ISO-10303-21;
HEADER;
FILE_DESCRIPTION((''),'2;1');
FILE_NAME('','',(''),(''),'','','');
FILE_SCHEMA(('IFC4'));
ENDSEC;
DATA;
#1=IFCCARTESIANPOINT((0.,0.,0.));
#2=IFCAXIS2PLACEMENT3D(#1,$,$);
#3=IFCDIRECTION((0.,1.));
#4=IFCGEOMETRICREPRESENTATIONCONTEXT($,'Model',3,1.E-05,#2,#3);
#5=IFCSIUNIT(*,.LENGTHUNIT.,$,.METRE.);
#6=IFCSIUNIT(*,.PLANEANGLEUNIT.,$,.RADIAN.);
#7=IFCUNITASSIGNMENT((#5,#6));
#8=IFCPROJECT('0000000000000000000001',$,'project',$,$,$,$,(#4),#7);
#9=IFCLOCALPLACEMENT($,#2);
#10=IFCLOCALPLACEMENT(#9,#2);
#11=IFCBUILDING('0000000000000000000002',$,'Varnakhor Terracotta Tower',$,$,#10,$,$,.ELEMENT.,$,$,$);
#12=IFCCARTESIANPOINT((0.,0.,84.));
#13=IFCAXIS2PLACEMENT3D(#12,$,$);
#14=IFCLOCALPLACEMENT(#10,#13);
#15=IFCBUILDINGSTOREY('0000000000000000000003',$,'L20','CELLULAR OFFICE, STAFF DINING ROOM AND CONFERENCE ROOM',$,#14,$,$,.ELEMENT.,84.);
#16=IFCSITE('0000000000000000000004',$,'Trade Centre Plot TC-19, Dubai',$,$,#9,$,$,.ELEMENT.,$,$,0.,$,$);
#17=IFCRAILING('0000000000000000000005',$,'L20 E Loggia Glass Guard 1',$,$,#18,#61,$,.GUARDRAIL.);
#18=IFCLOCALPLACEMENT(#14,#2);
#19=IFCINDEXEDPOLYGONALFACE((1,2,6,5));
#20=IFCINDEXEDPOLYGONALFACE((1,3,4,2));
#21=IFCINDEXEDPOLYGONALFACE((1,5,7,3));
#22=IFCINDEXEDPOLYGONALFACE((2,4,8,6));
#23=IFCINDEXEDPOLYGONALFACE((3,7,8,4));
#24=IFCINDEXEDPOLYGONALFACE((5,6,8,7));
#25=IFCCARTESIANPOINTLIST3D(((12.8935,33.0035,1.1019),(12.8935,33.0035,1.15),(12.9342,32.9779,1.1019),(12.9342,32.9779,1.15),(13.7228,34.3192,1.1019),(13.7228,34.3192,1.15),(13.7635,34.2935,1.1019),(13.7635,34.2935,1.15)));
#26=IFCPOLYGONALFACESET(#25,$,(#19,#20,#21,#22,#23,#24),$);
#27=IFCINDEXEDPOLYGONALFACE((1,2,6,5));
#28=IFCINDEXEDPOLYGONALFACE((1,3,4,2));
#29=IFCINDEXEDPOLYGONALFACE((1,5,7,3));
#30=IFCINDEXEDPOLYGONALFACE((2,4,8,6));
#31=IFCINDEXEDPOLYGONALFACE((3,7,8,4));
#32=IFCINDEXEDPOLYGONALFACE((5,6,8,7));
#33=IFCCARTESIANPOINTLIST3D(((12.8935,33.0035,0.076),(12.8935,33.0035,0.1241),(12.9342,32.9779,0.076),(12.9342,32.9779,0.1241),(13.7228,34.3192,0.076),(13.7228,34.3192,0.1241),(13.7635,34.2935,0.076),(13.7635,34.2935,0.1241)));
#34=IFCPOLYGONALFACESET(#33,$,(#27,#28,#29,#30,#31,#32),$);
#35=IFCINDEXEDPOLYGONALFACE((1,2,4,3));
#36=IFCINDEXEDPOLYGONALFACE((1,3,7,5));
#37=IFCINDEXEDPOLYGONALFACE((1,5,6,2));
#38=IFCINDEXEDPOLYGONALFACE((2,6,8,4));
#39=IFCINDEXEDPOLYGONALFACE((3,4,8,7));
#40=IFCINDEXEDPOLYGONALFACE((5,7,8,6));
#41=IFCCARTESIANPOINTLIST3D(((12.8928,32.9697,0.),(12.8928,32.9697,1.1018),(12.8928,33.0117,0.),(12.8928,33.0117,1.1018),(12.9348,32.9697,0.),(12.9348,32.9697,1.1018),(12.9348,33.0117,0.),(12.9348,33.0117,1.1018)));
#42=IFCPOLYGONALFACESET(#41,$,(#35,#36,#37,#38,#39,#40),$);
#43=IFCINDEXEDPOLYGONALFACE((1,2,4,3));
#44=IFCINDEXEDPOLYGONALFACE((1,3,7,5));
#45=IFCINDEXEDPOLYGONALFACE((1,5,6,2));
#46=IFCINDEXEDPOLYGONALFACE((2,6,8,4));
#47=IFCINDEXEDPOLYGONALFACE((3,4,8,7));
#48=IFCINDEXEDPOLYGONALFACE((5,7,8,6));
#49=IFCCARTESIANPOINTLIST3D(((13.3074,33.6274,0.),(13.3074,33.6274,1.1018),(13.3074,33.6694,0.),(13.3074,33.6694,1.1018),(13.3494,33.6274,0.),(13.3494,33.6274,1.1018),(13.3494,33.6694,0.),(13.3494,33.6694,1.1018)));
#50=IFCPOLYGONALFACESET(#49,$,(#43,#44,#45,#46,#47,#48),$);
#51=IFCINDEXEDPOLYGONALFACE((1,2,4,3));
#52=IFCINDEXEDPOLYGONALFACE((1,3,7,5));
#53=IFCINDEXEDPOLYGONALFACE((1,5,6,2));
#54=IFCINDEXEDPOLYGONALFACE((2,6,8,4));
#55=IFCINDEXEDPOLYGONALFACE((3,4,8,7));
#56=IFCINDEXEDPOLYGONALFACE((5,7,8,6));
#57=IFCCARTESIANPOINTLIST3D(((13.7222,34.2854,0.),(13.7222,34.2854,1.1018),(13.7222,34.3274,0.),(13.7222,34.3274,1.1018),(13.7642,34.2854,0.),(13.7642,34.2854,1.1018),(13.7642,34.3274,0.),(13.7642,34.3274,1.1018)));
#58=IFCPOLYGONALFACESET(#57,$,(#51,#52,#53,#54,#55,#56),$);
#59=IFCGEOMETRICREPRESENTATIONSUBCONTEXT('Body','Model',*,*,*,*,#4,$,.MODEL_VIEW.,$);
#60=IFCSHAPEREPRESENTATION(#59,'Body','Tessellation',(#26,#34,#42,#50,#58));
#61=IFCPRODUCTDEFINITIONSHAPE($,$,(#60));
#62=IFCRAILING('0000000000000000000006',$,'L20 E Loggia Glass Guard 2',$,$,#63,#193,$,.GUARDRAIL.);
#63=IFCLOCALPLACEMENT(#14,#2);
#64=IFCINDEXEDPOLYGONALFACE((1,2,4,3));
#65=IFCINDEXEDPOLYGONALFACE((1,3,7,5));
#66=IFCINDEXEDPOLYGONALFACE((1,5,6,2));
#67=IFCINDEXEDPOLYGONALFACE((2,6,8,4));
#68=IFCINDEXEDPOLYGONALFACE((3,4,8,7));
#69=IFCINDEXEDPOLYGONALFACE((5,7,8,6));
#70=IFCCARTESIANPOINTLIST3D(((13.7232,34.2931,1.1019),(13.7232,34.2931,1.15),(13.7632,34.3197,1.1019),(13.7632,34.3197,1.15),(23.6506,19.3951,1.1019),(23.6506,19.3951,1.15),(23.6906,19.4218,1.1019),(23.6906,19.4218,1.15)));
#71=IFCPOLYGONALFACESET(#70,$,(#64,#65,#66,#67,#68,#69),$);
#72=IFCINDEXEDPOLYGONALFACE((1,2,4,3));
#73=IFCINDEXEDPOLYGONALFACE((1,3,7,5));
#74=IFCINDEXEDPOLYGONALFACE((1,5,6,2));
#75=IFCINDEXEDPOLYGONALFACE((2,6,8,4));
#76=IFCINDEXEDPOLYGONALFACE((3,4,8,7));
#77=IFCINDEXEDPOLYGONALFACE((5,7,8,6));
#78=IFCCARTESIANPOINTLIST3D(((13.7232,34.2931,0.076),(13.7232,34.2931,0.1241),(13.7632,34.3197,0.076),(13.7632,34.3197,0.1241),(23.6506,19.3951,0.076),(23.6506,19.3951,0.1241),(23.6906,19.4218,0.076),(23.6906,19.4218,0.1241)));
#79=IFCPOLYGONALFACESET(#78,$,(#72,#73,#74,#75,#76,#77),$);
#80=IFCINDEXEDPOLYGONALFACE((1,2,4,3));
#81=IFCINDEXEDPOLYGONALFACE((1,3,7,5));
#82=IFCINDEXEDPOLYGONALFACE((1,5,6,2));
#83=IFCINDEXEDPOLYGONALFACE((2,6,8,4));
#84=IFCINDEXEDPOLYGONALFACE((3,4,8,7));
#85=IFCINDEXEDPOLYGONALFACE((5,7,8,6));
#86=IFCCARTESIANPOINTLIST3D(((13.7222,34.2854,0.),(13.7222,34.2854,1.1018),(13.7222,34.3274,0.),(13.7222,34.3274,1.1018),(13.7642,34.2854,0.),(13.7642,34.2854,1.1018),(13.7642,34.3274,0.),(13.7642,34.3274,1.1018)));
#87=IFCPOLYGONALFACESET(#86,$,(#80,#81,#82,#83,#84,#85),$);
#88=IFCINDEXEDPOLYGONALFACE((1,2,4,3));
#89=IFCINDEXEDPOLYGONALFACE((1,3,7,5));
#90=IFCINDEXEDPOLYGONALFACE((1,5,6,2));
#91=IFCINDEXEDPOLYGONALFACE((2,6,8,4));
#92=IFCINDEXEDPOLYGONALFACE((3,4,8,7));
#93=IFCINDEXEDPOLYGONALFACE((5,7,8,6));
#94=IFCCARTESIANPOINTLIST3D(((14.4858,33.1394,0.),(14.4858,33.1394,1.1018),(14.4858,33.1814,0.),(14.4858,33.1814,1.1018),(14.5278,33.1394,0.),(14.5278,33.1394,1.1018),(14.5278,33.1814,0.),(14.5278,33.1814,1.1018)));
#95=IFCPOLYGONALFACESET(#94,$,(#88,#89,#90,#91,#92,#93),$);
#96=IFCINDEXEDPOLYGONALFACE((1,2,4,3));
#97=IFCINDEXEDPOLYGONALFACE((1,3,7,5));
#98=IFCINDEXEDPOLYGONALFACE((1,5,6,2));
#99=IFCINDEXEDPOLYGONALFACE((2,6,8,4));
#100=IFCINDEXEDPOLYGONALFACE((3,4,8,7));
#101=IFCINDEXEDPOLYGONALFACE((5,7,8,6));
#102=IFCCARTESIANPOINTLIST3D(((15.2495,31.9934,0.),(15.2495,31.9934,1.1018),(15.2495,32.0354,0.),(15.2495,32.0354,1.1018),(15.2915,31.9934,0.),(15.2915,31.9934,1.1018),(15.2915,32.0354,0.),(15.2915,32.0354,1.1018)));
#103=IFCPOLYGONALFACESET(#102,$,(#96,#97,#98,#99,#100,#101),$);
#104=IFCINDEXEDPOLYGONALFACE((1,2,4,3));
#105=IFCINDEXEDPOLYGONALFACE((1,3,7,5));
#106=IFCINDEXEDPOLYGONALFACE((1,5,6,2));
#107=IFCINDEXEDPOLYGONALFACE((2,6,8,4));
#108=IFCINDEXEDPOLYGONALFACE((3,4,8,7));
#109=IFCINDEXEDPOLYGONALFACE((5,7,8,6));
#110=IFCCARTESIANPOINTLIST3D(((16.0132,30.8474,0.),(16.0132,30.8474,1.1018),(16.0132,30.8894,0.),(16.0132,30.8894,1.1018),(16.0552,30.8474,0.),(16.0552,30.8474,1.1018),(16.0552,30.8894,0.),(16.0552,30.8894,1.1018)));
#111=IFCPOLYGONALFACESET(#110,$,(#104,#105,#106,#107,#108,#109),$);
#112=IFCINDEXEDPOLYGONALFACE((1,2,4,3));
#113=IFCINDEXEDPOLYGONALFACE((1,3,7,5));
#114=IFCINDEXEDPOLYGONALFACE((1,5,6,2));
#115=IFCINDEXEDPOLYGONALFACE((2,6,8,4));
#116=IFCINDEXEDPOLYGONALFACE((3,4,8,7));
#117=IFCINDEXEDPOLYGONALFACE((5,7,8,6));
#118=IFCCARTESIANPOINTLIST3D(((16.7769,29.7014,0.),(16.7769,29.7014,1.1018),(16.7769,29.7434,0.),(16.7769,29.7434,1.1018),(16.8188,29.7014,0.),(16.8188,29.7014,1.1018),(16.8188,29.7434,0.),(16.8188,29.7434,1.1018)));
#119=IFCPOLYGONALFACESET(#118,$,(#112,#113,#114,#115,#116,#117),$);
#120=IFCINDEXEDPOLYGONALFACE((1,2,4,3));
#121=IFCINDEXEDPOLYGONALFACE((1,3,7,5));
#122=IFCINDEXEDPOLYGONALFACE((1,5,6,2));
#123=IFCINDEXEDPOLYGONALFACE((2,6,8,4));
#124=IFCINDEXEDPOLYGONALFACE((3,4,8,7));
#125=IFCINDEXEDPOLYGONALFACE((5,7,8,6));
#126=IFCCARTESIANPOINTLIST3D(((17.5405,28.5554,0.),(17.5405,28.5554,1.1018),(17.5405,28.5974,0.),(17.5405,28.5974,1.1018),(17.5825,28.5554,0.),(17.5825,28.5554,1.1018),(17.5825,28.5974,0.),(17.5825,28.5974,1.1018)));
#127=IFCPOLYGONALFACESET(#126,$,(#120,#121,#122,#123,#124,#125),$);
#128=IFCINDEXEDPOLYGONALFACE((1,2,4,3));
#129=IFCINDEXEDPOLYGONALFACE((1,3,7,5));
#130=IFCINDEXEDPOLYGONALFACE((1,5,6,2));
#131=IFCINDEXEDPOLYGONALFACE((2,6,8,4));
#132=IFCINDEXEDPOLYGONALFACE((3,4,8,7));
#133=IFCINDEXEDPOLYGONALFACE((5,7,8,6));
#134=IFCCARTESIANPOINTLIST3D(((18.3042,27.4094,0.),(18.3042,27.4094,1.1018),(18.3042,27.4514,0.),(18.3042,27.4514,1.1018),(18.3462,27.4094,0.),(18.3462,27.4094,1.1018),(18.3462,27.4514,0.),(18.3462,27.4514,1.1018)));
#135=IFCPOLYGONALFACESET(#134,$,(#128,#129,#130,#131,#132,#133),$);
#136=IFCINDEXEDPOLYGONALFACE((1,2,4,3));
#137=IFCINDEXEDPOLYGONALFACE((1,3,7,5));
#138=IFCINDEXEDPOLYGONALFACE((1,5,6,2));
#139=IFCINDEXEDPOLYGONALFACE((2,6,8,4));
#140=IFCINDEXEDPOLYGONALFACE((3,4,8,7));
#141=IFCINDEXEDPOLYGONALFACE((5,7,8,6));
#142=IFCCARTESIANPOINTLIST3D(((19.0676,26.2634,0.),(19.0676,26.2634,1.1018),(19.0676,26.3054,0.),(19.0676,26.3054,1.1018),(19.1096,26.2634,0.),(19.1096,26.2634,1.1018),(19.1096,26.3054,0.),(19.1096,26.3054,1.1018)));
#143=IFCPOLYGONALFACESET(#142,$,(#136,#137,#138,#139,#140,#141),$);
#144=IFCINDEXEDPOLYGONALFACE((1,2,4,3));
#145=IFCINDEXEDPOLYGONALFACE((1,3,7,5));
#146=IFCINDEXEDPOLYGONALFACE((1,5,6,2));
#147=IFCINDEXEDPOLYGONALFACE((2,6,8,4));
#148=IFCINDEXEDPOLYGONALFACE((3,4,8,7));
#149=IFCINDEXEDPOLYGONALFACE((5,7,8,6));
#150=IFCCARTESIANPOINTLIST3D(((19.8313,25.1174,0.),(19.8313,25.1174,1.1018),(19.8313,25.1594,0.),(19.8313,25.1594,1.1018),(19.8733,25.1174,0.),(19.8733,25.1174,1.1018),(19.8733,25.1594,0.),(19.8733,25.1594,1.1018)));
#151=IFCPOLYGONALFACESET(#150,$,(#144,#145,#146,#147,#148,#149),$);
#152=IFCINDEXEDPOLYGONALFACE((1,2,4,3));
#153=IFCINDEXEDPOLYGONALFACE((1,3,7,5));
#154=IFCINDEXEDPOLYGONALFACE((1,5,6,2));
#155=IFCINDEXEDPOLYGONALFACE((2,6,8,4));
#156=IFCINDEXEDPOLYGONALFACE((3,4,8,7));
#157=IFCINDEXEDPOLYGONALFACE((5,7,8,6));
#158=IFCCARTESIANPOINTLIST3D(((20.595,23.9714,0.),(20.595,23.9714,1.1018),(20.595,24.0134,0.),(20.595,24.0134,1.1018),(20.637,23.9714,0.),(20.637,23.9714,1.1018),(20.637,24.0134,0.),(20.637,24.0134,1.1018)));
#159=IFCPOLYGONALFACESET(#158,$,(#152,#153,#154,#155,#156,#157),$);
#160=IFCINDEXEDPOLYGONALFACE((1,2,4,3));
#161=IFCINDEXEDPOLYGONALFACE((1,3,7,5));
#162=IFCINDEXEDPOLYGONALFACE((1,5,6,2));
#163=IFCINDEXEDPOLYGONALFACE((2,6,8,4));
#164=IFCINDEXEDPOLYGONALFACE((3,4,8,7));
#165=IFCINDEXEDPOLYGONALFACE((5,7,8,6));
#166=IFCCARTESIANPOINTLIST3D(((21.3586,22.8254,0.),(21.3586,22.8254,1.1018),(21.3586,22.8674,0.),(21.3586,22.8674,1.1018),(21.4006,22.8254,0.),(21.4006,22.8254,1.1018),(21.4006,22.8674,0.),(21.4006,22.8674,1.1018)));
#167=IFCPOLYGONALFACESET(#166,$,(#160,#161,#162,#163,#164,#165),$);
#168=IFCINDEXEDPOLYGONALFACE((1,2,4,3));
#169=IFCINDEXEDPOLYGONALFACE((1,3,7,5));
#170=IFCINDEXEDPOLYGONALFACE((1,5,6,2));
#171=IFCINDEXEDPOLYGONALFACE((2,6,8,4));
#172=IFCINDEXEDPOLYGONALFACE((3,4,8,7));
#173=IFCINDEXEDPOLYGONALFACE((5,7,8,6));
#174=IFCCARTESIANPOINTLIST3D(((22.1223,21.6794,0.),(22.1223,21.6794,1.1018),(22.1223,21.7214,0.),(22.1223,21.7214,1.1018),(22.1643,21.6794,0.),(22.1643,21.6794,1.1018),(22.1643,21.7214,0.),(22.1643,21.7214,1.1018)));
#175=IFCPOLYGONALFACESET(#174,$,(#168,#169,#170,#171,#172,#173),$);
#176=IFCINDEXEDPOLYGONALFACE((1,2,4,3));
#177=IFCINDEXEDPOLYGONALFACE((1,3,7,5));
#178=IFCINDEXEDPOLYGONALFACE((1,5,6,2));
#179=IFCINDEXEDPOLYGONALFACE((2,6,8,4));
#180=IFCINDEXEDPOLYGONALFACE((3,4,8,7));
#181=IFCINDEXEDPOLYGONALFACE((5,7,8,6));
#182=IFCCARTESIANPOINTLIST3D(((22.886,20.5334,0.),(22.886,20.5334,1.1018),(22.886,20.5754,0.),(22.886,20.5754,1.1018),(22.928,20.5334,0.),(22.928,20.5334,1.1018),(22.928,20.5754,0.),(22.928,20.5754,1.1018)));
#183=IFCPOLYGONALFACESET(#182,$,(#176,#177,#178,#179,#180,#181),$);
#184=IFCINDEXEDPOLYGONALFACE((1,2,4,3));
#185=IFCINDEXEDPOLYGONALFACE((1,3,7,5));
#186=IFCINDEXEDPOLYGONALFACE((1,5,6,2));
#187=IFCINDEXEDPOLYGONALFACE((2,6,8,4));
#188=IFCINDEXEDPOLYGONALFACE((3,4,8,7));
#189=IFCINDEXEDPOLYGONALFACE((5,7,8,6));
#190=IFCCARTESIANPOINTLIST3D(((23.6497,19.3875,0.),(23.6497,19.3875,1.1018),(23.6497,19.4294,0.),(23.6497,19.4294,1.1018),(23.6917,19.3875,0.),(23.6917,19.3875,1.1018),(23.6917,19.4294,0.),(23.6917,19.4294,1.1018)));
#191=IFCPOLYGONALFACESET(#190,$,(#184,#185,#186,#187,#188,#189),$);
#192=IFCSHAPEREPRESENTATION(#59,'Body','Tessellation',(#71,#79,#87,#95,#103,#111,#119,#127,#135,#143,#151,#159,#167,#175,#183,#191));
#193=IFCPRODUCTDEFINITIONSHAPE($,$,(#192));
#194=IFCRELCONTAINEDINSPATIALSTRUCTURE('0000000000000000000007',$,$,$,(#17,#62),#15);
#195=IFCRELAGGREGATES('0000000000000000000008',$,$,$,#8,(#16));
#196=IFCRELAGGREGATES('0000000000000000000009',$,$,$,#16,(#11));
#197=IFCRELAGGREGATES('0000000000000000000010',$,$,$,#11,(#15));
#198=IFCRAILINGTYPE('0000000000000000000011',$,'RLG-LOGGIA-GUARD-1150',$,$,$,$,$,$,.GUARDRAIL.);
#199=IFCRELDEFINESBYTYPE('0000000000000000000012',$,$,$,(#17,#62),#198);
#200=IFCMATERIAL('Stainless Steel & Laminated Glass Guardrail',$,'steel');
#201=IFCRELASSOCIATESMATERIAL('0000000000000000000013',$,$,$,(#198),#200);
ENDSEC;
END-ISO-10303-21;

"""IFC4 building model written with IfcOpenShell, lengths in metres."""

from ifc_helpers import new_model, si_unit, direction, frame, origin, origin_2d, place, context, subcontext, project, spatial, rectangle, extrude, material, type_object, element, save


model = new_model("IFC4")

# Units and contexts
model_context = context("Model", 3, precision=1e-05, world=origin(), true_north=direction((0.0, 1.0)))
body_context = subcontext(model_context, "Body", "Model", "MODEL_VIEW")
ifc_project = project(units=[si_unit("LENGTHUNIT", "METRE"), si_unit("PLANEANGLEUNIT", "RADIAN")], contexts=[model_context])

# Site, building, storey
site_placement = place(None, origin())
site = spatial("IfcSite", under=ifc_project, at=site_placement, Name="Trade Centre Plot TC-19, Dubai", CompositionType="ELEMENT", RefElevation=0.0)
building_placement = place(site_placement, origin())
building = spatial("IfcBuilding", under=site, at=building_placement, Name="Varnakhor Terracotta Tower", CompositionType="ELEMENT")
storey_placement = place(building_placement, frame((0.0, 0.0, 84.0)))
storey = spatial("IfcBuildingStorey", under=building, at=storey_placement, Name="L20", Description="CELLULAR OFFICE, STAFF DINING ROOM AND CONFERENCE ROOM", CompositionType="ELEMENT", Elevation=84.0)

# Railings
ifc_material_1 = material(Name="Stainless Steel & Laminated Glass Guardrail", Category="steel")
railing_type = type_object("IfcRailingType", Name="RLG-LOGGIA-GUARD-1150", PredefinedType="GUARDRAIL", material=ifc_material_1)
railing_1_placement = place(storey_placement, frame((12.9138, 32.9907, 0.0)))
element("IfcRailing", 1, at=railing_1_placement, inside=storey, type_object=railing_type, Name="L20 E Loggia Glass Guard 1", PredefinedType="GUARDRAIL", context=body_context, shape_type="SweptSolid", body=[
    extrude(rectangle(XDim=0.0481, YDim=0.0481, at=origin_2d()), frame((0.0, 0.0, 1.126), z_axis=(0.533255, 0.845955, 0.0), x_axis=(-0.845955, 0.533255, 0.0)), (0.0, 0.0, 1.0), 1.5552),
    extrude(rectangle(XDim=0.0481, YDim=0.0481, at=origin_2d()), frame((0.0, 0.0, 0.1001), z_axis=(0.533255, 0.845955, 0.0), x_axis=(-0.845955, 0.533255, 0.0)), (0.0, 0.0, 1.0), 1.5552),
    extrude(rectangle(XDim=0.042, YDim=0.042, at=origin_2d()), origin(), (0.0, 0.0, 1.0), 1.1018),
    extrude(rectangle(XDim=0.042, YDim=0.042, at=origin_2d()), frame((0.4146, 0.6577, 0.0)), (0.0, 0.0, 1.0), 1.1018),
    extrude(rectangle(XDim=0.042, YDim=0.042, at=origin_2d()), frame((0.8293, 1.3157, 0.0)), (0.0, 0.0, 1.0), 1.1018),
])
railing_2_placement = place(storey_placement, frame((13.7432, 34.3064, 0.0)))
element("IfcRailing", 2, at=railing_2_placement, inside=storey, type_object=railing_type, Name="L20 E Loggia Glass Guard 2", PredefinedType="GUARDRAIL", context=body_context, shape_type="SweptSolid", body=[
    extrude(rectangle(XDim=0.0481, YDim=0.0481, at=origin_2d()), frame((0.0, 0.0, 1.126), z_axis=(0.554527, -0.832166, 0.0), x_axis=(0.832166, 0.554527, 0.0)), (0.0, 0.0, 1.0), 17.9026),
    extrude(rectangle(XDim=0.0481, YDim=0.0481, at=origin_2d()), frame((0.0, 0.0, 0.1001), z_axis=(0.554527, -0.832166, 0.0), x_axis=(0.832166, 0.554527, 0.0)), (0.0, 0.0, 1.0), 17.9026),
    extrude(rectangle(XDim=0.042, YDim=0.042, at=origin_2d()), origin(), (0.0, 0.0, 1.0), 1.1018),
    extrude(rectangle(XDim=0.042, YDim=0.042, at=origin_2d()), frame((0.7637, -1.146, 0.0)), (0.0, 0.0, 1.0), 1.1018),
    extrude(rectangle(XDim=0.042, YDim=0.042, at=origin_2d()), frame((1.5273, -2.292, 0.0)), (0.0, 0.0, 1.0), 1.1018),
    extrude(rectangle(XDim=0.042, YDim=0.042, at=origin_2d()), frame((2.291, -3.438, 0.0)), (0.0, 0.0, 1.0), 1.1018),
    extrude(rectangle(XDim=0.042, YDim=0.042, at=origin_2d()), frame((3.0547, -4.584, 0.0)), (0.0, 0.0, 1.0), 1.1018),
    extrude(rectangle(XDim=0.042, YDim=0.042, at=origin_2d()), frame((3.8184, -5.73, 0.0)), (0.0, 0.0, 1.0), 1.1018),
    extrude(rectangle(XDim=0.042, YDim=0.042, at=origin_2d()), frame((4.582, -6.876, 0.0)), (0.0, 0.0, 1.0), 1.1018),
    extrude(rectangle(XDim=0.042, YDim=0.042, at=origin_2d()), frame((5.3455, -8.022, 0.0)), (0.0, 0.0, 1.0), 1.1018),
    extrude(rectangle(XDim=0.042, YDim=0.042, at=origin_2d()), frame((6.1091, -9.168, 0.0)), (0.0, 0.0, 1.0), 1.1018),
    extrude(rectangle(XDim=0.042, YDim=0.042, at=origin_2d()), frame((6.8728, -10.314, 0.0)), (0.0, 0.0, 1.0), 1.1018),
    extrude(rectangle(XDim=0.042, YDim=0.042, at=origin_2d()), frame((7.6365, -11.46, 0.0)), (0.0, 0.0, 1.0), 1.1018),
    extrude(rectangle(XDim=0.042, YDim=0.042, at=origin_2d()), frame((8.4001, -12.606, 0.0)), (0.0, 0.0, 1.0), 1.1018),
    extrude(rectangle(XDim=0.042, YDim=0.042, at=origin_2d()), frame((9.1638, -13.752, 0.0)), (0.0, 0.0, 1.0), 1.1018),
    extrude(rectangle(XDim=0.042, YDim=0.042, at=origin_2d()), frame((9.9275, -14.8979, 0.0)), (0.0, 0.0, 1.0), 1.1018),
])

save(model, "model.ifc")
